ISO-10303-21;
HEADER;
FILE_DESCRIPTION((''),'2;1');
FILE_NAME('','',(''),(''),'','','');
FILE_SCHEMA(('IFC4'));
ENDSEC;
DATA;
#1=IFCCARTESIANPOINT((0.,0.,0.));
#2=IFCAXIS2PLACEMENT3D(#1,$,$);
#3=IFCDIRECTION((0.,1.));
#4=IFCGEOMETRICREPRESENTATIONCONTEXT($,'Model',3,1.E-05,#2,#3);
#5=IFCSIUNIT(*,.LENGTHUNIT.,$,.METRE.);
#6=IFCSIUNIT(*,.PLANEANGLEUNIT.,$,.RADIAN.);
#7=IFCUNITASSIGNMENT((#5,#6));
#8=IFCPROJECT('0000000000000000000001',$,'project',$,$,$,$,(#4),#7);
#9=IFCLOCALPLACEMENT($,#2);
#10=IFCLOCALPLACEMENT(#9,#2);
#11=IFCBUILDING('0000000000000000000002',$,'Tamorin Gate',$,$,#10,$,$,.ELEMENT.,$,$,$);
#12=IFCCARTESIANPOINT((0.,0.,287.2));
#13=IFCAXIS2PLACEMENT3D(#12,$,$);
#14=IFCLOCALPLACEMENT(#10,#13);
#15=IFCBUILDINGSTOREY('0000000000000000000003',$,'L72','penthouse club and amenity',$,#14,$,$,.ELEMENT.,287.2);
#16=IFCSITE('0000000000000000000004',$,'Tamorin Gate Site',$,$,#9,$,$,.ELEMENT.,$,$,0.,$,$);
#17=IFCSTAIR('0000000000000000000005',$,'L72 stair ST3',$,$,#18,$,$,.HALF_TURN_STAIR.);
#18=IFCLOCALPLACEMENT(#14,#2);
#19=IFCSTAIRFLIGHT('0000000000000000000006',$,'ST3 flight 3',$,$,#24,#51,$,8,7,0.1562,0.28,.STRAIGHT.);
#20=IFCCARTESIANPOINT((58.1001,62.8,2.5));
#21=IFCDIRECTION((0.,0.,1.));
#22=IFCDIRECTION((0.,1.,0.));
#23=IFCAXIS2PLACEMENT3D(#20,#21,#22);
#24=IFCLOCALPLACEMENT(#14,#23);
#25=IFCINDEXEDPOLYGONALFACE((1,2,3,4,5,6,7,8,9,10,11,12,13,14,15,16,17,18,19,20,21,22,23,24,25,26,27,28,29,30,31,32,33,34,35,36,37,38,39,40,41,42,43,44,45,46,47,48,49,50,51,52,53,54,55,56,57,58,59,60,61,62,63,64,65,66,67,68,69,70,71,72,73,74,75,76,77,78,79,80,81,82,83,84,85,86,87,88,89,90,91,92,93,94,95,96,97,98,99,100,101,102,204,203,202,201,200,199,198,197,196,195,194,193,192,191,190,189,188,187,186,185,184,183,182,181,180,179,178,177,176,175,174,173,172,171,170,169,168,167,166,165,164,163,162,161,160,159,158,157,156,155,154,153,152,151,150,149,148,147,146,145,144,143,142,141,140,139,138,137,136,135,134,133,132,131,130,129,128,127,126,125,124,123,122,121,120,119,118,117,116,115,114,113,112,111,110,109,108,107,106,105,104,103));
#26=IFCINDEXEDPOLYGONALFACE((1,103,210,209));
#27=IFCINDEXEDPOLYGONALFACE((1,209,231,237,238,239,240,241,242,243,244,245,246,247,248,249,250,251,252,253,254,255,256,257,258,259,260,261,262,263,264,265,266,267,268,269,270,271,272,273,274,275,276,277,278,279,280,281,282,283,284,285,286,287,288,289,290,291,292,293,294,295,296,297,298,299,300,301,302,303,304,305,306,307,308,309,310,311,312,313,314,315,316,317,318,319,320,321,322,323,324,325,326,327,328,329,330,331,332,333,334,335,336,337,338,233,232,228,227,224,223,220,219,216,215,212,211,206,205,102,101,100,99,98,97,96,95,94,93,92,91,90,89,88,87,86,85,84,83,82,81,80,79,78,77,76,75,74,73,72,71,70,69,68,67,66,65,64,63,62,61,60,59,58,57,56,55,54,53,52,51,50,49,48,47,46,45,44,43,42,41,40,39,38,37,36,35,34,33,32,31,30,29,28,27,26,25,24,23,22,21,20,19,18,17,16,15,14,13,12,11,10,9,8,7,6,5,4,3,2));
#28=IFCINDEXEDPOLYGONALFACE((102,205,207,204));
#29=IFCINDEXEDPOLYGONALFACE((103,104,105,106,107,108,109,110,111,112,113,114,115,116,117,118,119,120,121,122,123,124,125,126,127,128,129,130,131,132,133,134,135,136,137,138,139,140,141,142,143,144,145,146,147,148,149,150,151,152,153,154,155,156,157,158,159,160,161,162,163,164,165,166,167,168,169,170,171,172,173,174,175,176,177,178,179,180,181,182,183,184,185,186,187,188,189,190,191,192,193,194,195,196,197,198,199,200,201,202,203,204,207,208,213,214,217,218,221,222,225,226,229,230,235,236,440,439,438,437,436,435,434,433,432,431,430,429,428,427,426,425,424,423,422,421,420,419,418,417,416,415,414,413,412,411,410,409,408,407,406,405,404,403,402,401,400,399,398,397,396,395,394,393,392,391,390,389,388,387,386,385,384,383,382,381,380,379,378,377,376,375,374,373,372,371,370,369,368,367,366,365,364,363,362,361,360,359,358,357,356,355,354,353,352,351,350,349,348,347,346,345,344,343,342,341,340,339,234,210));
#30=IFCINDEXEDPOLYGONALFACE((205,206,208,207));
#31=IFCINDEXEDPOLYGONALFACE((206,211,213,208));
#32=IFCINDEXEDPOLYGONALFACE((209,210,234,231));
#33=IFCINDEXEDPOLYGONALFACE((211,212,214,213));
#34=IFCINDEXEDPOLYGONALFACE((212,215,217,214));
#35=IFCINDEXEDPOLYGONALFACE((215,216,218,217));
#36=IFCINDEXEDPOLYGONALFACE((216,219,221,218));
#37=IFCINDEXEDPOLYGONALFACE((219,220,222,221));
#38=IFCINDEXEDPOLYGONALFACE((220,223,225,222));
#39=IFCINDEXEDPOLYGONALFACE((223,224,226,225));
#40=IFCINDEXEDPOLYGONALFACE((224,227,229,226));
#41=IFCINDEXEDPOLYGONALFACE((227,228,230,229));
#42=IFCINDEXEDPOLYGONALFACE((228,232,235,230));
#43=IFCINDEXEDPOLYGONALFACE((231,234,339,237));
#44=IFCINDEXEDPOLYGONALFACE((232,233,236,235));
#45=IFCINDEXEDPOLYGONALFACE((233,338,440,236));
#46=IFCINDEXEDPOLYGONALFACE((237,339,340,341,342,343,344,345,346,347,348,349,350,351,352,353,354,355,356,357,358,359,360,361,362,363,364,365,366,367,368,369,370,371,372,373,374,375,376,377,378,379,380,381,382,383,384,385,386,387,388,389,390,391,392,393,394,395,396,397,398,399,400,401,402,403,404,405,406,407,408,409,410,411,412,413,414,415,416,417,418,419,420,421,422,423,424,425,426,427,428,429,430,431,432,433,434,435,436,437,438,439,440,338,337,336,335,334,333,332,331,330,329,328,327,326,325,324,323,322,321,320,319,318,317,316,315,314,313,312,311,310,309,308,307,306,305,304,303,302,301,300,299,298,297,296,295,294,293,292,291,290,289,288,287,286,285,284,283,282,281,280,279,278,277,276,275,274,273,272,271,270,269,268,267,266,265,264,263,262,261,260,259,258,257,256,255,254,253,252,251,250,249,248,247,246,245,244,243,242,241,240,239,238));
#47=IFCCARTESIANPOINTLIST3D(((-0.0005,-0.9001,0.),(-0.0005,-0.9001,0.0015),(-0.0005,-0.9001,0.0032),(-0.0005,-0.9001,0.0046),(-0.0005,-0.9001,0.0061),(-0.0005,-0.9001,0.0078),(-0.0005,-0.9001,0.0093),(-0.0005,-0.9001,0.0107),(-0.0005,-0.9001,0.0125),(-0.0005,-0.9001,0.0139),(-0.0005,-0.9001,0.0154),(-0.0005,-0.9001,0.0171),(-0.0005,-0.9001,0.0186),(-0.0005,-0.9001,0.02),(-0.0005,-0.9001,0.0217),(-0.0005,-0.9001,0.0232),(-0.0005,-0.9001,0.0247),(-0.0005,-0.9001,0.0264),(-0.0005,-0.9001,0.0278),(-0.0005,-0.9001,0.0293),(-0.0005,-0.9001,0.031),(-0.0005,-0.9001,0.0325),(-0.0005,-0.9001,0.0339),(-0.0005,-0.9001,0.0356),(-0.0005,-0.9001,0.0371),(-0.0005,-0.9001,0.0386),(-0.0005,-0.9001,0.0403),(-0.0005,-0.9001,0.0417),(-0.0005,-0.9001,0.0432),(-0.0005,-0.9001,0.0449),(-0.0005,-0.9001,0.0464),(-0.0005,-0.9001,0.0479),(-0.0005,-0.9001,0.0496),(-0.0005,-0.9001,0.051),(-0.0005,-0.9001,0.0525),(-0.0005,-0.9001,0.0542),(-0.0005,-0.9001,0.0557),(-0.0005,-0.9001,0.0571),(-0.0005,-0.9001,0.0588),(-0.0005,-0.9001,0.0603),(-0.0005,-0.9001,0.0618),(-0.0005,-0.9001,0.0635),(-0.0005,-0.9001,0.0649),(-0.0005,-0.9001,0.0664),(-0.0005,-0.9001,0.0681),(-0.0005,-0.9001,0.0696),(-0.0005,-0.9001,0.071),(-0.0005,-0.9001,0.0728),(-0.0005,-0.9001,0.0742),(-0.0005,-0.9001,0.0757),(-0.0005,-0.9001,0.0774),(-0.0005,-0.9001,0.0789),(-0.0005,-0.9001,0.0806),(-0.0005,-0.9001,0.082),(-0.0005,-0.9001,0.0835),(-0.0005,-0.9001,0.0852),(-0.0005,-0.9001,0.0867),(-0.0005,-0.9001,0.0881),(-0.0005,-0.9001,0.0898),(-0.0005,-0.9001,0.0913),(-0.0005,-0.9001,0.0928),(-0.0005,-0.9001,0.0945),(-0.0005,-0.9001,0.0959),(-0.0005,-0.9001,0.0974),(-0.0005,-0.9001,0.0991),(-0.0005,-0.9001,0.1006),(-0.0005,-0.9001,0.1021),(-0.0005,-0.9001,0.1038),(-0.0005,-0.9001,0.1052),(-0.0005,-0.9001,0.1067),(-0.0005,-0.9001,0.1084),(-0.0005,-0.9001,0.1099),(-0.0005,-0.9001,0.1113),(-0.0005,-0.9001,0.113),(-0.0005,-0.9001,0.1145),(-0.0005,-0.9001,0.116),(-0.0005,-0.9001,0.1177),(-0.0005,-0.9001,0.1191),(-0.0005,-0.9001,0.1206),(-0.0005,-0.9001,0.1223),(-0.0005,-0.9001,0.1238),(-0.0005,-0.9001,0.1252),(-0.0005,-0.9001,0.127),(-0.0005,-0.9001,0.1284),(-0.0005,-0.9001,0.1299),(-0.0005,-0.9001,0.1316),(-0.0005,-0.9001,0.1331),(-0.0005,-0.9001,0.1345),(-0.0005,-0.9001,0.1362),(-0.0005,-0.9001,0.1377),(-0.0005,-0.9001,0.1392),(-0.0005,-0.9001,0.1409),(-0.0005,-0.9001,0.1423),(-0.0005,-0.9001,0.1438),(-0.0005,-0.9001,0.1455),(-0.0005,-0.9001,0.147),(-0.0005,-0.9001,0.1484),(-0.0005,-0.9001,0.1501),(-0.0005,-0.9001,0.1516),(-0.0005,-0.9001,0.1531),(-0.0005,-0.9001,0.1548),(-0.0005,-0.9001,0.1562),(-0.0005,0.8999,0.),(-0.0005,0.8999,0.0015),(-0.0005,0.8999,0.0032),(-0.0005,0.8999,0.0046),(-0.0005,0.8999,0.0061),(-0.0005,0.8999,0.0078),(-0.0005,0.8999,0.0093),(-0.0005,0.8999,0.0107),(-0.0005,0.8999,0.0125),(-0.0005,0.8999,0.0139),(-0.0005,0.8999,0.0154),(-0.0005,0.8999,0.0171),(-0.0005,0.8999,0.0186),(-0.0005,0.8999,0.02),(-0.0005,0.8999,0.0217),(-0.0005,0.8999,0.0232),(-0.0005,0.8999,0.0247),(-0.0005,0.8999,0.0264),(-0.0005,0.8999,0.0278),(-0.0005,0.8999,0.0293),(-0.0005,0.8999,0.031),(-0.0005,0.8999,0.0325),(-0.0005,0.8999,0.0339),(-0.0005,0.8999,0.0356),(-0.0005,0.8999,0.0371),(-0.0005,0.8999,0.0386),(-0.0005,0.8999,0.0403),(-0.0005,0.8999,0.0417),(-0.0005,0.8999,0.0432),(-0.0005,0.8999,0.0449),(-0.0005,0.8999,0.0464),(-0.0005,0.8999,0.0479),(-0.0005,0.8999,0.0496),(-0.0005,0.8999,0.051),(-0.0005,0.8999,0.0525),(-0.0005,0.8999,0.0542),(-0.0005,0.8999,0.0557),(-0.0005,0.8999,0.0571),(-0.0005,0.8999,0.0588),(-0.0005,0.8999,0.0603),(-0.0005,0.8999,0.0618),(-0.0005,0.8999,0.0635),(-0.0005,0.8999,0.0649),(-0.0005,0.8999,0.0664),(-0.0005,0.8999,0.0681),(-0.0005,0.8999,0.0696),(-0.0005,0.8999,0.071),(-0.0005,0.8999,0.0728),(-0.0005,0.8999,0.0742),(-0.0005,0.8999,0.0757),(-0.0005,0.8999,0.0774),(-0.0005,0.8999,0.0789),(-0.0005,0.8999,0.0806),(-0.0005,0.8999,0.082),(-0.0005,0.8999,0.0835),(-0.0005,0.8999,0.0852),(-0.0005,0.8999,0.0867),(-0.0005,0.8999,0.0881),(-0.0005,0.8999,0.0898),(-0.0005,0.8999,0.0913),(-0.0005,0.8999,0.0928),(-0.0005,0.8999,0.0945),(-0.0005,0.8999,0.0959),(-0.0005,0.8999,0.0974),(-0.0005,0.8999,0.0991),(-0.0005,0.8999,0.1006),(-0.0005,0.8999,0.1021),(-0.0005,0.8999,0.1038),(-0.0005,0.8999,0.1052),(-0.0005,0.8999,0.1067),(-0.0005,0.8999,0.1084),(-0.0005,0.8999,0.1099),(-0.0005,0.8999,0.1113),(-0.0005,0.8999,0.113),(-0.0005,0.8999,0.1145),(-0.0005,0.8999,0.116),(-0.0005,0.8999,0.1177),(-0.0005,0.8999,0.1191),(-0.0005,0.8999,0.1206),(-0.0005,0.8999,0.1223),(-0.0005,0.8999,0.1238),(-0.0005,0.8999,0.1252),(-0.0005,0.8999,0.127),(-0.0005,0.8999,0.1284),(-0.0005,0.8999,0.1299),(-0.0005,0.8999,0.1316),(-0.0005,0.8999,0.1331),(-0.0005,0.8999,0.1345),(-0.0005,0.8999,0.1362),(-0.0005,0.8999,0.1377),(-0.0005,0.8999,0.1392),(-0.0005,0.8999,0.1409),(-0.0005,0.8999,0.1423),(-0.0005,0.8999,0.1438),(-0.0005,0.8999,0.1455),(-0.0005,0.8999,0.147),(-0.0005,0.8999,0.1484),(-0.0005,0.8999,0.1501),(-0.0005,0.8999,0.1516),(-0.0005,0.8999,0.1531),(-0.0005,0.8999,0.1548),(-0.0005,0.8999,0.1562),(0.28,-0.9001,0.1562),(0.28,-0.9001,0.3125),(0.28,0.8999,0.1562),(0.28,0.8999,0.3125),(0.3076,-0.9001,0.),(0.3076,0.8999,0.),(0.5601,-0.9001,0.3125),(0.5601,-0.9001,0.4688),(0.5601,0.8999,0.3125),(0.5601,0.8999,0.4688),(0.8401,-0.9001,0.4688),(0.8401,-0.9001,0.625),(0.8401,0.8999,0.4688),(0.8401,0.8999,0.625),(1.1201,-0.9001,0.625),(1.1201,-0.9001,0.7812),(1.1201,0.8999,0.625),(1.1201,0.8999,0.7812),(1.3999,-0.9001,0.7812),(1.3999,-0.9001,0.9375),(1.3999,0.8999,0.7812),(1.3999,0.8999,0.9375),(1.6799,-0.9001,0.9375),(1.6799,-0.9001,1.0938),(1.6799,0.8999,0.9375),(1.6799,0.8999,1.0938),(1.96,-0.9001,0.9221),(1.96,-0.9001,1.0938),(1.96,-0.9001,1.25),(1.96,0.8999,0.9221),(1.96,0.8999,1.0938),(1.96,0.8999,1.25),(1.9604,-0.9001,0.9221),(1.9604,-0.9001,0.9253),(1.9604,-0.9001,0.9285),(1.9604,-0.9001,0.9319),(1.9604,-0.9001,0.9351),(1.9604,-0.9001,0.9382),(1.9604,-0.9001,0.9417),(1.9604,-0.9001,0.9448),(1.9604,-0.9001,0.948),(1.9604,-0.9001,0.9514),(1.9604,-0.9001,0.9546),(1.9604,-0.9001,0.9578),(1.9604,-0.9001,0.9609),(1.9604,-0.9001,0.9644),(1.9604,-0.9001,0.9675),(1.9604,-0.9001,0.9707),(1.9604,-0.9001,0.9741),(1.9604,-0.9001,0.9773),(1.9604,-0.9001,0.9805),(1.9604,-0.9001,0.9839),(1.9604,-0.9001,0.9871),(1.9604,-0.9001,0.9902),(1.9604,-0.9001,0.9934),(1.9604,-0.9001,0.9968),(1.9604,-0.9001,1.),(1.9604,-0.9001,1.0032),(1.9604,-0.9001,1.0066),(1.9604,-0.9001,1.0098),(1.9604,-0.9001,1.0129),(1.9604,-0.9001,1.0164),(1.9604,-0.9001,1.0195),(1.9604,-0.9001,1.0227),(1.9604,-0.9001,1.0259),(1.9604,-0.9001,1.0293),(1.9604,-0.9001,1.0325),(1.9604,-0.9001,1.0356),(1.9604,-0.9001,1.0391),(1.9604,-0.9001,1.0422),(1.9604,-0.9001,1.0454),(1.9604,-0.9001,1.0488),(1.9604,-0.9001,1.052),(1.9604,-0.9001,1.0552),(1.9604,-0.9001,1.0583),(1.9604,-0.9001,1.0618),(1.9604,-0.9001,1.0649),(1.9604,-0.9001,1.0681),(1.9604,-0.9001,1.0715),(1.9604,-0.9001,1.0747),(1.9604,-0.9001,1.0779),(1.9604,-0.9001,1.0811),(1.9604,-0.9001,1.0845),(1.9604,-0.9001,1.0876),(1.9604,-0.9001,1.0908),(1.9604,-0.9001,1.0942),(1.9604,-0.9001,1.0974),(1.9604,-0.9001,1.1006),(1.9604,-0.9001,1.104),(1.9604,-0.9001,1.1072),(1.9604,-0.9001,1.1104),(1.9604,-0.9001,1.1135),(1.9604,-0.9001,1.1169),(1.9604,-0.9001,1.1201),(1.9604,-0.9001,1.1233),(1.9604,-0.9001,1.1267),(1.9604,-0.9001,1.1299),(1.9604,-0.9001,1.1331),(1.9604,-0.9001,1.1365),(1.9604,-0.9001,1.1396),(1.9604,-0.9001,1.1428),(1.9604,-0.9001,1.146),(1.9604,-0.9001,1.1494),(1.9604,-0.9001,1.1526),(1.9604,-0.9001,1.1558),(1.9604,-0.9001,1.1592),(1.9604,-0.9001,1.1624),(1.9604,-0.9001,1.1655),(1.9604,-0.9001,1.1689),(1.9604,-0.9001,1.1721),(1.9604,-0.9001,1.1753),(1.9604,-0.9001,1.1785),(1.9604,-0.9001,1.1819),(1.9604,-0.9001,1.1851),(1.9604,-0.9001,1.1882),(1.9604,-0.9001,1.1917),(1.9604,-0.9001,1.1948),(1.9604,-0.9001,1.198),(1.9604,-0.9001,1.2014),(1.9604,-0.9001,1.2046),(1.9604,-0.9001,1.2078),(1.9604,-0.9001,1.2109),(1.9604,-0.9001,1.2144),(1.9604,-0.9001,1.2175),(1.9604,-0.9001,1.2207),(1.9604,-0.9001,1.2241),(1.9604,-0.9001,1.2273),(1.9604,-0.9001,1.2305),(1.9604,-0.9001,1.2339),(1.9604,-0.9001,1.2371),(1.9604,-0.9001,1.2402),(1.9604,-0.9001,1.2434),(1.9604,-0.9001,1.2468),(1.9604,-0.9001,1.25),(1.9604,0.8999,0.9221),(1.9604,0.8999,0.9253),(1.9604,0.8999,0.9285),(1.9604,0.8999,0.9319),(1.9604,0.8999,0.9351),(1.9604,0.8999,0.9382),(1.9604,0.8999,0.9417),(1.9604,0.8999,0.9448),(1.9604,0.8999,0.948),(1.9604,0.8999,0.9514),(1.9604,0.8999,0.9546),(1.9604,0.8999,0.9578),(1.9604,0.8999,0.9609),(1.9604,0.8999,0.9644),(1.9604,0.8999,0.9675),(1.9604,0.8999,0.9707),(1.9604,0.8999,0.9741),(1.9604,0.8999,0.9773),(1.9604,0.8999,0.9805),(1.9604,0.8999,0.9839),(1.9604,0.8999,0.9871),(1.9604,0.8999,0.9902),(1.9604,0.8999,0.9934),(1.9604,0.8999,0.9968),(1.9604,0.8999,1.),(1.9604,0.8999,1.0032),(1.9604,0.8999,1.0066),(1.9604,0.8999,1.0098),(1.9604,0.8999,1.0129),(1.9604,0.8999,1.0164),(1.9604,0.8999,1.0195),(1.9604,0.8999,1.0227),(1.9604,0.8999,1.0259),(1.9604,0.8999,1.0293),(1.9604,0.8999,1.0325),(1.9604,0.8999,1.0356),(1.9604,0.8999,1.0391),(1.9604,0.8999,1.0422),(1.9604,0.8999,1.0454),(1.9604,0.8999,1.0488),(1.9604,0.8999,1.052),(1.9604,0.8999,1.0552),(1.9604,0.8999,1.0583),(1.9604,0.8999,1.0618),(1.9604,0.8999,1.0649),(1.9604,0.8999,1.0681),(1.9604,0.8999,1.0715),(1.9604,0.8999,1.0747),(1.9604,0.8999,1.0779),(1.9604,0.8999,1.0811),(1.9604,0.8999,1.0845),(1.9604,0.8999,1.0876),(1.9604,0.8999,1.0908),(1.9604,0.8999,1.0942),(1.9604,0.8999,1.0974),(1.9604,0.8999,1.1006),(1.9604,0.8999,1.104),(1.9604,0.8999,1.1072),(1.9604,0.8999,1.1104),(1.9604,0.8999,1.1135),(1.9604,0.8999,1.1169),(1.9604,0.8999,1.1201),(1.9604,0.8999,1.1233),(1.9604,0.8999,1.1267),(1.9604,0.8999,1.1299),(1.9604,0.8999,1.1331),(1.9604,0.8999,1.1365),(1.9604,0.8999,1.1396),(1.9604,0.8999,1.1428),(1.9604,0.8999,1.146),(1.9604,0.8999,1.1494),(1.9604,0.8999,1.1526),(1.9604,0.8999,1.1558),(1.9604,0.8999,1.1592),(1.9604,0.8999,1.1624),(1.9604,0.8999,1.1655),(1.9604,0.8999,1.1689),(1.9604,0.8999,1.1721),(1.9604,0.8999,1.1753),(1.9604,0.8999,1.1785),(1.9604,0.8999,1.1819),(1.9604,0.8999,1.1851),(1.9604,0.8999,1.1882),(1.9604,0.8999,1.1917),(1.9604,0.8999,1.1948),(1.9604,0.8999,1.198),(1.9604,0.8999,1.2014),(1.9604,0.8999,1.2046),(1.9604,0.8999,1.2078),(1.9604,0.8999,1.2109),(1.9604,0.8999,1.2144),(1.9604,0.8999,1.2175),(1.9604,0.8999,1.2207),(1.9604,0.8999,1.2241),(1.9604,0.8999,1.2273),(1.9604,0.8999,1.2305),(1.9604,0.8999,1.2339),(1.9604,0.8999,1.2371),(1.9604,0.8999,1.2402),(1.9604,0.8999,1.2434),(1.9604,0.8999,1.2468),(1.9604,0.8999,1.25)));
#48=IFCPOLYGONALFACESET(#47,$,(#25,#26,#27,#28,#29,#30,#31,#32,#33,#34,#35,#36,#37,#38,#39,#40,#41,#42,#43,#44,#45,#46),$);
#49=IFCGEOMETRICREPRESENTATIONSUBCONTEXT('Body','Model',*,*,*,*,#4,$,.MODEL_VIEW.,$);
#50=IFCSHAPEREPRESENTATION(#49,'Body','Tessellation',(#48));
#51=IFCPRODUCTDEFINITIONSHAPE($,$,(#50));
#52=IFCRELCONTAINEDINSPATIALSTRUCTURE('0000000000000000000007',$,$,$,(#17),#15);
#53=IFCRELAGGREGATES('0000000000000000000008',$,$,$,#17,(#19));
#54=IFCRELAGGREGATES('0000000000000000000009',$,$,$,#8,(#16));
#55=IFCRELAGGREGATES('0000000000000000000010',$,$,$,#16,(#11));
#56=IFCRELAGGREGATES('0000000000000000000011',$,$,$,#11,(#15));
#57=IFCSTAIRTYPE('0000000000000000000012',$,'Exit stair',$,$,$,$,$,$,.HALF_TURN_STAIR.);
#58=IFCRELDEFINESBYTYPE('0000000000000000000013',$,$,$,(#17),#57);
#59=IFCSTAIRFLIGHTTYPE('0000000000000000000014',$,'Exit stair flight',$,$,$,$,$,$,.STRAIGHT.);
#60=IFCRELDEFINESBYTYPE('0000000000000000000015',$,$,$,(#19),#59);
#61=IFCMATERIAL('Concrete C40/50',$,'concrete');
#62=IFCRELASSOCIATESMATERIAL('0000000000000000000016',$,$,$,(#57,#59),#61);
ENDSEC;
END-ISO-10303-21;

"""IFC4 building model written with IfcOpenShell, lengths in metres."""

from ifc_helpers import new_model, si_unit, direction, frame, origin, place, context, subcontext, project, spatial, polyline, outline, extrude, material, type_object, element, aggregate, save


model = new_model("IFC4")

# Units and contexts
model_context = context("Model", 3, precision=1e-05, world=origin(), true_north=direction((0.0, 1.0)))
body_context = subcontext(model_context, "Body", "Model", "MODEL_VIEW")
ifc_project = project(units=[si_unit("LENGTHUNIT", "METRE"), si_unit("PLANEANGLEUNIT", "RADIAN")], contexts=[model_context])

# Site, building, storey
site_placement = place(None, origin())
site = spatial("IfcSite", under=ifc_project, at=site_placement, Name="Tamorin Gate Site", CompositionType="ELEMENT", RefElevation=0.0)
building_placement = place(site_placement, origin())
building = spatial("IfcBuilding", under=site, at=building_placement, Name="Tamorin Gate", CompositionType="ELEMENT")
storey_placement = place(building_placement, frame((0.0, 0.0, 287.2)))
storey = spatial("IfcBuildingStorey", under=building, at=storey_placement, Name="L72", Description="penthouse club and amenity", CompositionType="ELEMENT", Elevation=287.2)

# Shared definitions
ifc_material_1 = material(Name="Concrete C40/50", Category="concrete")

# Stair, stair flight
stair_type = type_object("IfcStairType", Name="Exit stair", PredefinedType="HALF_TURN_STAIR", material=ifc_material_1)
stair_placement = place(storey_placement, origin())
stair = element("IfcStair", 1, at=stair_placement, inside=storey, type_object=stair_type, Name="L72 stair ST3", PredefinedType="HALF_TURN_STAIR")
stair_flight_type = type_object("IfcStairFlightType", Name="Exit stair flight", PredefinedType="STRAIGHT", material=ifc_material_1)
stair_flight_1_placement = place(storey_placement, frame((58.1001, 62.8, 2.5), z_axis=(0.0, 0.0, 1.0), x_axis=(0.0, 1.0, 0.0)))
stair_flight_1 = element("IfcStairFlight", 2, at=stair_flight_1_placement, type_object=stair_flight_type, Name="ST3 flight 3", NumberOfRisers=8, NumberOfTreads=7, PredefinedType="STRAIGHT", RiserHeight=0.1562, TreadLength=0.28, context=body_context, shape_type="SweptSolid", body=[
    extrude(outline(polyline([(-0.0005, 0.0), (-0.0005, 0.0015), (-0.0005, 0.0032), (-0.0005, 0.0046), (-0.0005, 0.0061), (-0.0005, 0.0078), (-0.0005, 0.0093), (-0.0005, 0.0107), (-0.0005, 0.0125), (-0.0005, 0.0139), (-0.0005, 0.0154), (-0.0005, 0.0171), (-0.0005, 0.0186), (-0.0005, 0.02), (-0.0005, 0.0217), (-0.0005, 0.0232), (-0.0005, 0.0247), (-0.0005, 0.0264), (-0.0005, 0.0278), (-0.0005, 0.0293), (-0.0005, 0.031), (-0.0005, 0.0325), (-0.0005, 0.0339), (-0.0005, 0.0356), (-0.0005, 0.0371), (-0.0005, 0.0386), (-0.0005, 0.0403), (-0.0005, 0.0417), (-0.0005, 0.0432), (-0.0005, 0.0449), (-0.0005, 0.0464), (-0.0005, 0.0479), (-0.0005, 0.0496), (-0.0005, 0.051), (-0.0005, 0.0525), (-0.0005, 0.0542), (-0.0005, 0.0557), (-0.0005, 0.0571), (-0.0005, 0.0588), (-0.0005, 0.0603), (-0.0005, 0.0618), (-0.0005, 0.0635), (-0.0005, 0.0649), (-0.0005, 0.0664), (-0.0005, 0.0681), (-0.0005, 0.0696), (-0.0005, 0.071), (-0.0005, 0.0728), (-0.0005, 0.0742), (-0.0005, 0.0757), (-0.0005, 0.0774), (-0.0005, 0.0789), (-0.0005, 0.0806), (-0.0005, 0.082), (-0.0005, 0.0835), (-0.0005, 0.0852), (-0.0005, 0.0867), (-0.0005, 0.0881), (-0.0005, 0.0898), (-0.0005, 0.0913), (-0.0005, 0.0928), (-0.0005, 0.0945), (-0.0005, 0.0959), (-0.0005, 0.0974), (-0.0005, 0.0991), (-0.0005, 0.1006), (-0.0005, 0.1021), (-0.0005, 0.1038), (-0.0005, 0.1052), (-0.0005, 0.1067), (-0.0005, 0.1084), (-0.0005, 0.1099), (-0.0005, 0.1113), (-0.0005, 0.113), (-0.0005, 0.1145), (-0.0005, 0.116), (-0.0005, 0.1177), (-0.0005, 0.1191), (-0.0005, 0.1206), (-0.0005, 0.1223), (-0.0005, 0.1238), (-0.0005, 0.1252), (-0.0005, 0.127), (-0.0005, 0.1284), (-0.0005, 0.1299), (-0.0005, 0.1316), (-0.0005, 0.1331), (-0.0005, 0.1345), (-0.0005, 0.1362), (-0.0005, 0.1377), (-0.0005, 0.1392), (-0.0005, 0.1409), (-0.0005, 0.1423), (-0.0005, 0.1438), (-0.0005, 0.1455), (-0.0005, 0.147), (-0.0005, 0.1484), (-0.0005, 0.1501), (-0.0005, 0.1516), (-0.0005, 0.1531), (-0.0005, 0.1548), (-0.0005, 0.1562), (0.28, 0.1562), (0.28, 0.3125), (0.5601, 0.3125), (0.5601, 0.4688), (0.8401, 0.4688), (0.8401, 0.625), (1.1201, 0.625), (1.1201, 0.7812), (1.3999, 0.7812), (1.3999, 0.9375), (1.6799, 0.9375), (1.6799, 1.0938), (1.96, 1.0938), (1.96, 1.25), (1.9604, 1.25), (1.9604, 1.2468), (1.9604, 1.2434), (1.9604, 1.2402), (1.9604, 1.2371), (1.9604, 1.2339), (1.9604, 1.2305), (1.9604, 1.2273), (1.9604, 1.2241), (1.9604, 1.2207), (1.9604, 1.2175), (1.9604, 1.2144), (1.9604, 1.2109), (1.9604, 1.2078), (1.9604, 1.2046), (1.9604, 1.2014), (1.9604, 1.198), (1.9604, 1.1948), (1.9604, 1.1917), (1.9604, 1.1882), (1.9604, 1.1851), (1.9604, 1.1819), (1.9604, 1.1785), (1.9604, 1.1753), (1.9604, 1.1721), (1.9604, 1.1689), (1.9604, 1.1655), (1.9604, 1.1624), (1.9604, 1.1592), (1.9604, 1.1558), (1.9604, 1.1526), (1.9604, 1.1494), (1.9604, 1.146), (1.9604, 1.1428), (1.9604, 1.1396), (1.9604, 1.1365), (1.9604, 1.1331), (1.9604, 1.1299), (1.9604, 1.1267), (1.9604, 1.1233), (1.9604, 1.1201), (1.9604, 1.1169), (1.9604, 1.1135), (1.9604, 1.1104), (1.9604, 1.1072), (1.9604, 1.104), (1.9604, 1.1006), (1.9604, 1.0974), (1.9604, 1.0942), (1.9604, 1.0908), (1.9604, 1.0876), (1.9604, 1.0845), (1.9604, 1.0811), (1.9604, 1.0779), (1.9604, 1.0747), (1.9604, 1.0715), (1.9604, 1.0681), (1.9604, 1.0649), (1.9604, 1.0618), (1.9604, 1.0583), (1.9604, 1.0552), (1.9604, 1.052), (1.9604, 1.0488), (1.9604, 1.0454), (1.9604, 1.0422), (1.9604, 1.0391), (1.9604, 1.0356), (1.9604, 1.0325), (1.9604, 1.0293), (1.9604, 1.0259), (1.9604, 1.0227), (1.9604, 1.0195), (1.9604, 1.0164), (1.9604, 1.0129), (1.9604, 1.0098), (1.9604, 1.0066), (1.9604, 1.0032), (1.9604, 1.0), (1.9604, 0.9968), (1.9604, 0.9934), (1.9604, 0.9902), (1.9604, 0.9871), (1.9604, 0.9839), (1.9604, 0.9805), (1.9604, 0.9773), (1.9604, 0.9741), (1.9604, 0.9707), (1.9604, 0.9675), (1.9604, 0.9644), (1.9604, 0.9609), (1.9604, 0.9578), (1.9604, 0.9546), (1.9604, 0.9514), (1.9604, 0.948), (1.9604, 0.9448), (1.9604, 0.9417), (1.9604, 0.9382), (1.9604, 0.9351), (1.9604, 0.9319), (1.9604, 0.9285), (1.9604, 0.9253), (1.9604, 0.9221), (1.96, 0.9221), (0.3076, 0.0), (-0.0005, 0.0)])), frame((0.0, 0.8999, 0.0), z_axis=(0.0, -1.0, 0.0), x_axis=(1.0, 0.0, 0.0)), (0.0, 0.0, 1.0), 1.8),
])
aggregate(stair, [stair_flight_1])

save(model, "model.ifc")
